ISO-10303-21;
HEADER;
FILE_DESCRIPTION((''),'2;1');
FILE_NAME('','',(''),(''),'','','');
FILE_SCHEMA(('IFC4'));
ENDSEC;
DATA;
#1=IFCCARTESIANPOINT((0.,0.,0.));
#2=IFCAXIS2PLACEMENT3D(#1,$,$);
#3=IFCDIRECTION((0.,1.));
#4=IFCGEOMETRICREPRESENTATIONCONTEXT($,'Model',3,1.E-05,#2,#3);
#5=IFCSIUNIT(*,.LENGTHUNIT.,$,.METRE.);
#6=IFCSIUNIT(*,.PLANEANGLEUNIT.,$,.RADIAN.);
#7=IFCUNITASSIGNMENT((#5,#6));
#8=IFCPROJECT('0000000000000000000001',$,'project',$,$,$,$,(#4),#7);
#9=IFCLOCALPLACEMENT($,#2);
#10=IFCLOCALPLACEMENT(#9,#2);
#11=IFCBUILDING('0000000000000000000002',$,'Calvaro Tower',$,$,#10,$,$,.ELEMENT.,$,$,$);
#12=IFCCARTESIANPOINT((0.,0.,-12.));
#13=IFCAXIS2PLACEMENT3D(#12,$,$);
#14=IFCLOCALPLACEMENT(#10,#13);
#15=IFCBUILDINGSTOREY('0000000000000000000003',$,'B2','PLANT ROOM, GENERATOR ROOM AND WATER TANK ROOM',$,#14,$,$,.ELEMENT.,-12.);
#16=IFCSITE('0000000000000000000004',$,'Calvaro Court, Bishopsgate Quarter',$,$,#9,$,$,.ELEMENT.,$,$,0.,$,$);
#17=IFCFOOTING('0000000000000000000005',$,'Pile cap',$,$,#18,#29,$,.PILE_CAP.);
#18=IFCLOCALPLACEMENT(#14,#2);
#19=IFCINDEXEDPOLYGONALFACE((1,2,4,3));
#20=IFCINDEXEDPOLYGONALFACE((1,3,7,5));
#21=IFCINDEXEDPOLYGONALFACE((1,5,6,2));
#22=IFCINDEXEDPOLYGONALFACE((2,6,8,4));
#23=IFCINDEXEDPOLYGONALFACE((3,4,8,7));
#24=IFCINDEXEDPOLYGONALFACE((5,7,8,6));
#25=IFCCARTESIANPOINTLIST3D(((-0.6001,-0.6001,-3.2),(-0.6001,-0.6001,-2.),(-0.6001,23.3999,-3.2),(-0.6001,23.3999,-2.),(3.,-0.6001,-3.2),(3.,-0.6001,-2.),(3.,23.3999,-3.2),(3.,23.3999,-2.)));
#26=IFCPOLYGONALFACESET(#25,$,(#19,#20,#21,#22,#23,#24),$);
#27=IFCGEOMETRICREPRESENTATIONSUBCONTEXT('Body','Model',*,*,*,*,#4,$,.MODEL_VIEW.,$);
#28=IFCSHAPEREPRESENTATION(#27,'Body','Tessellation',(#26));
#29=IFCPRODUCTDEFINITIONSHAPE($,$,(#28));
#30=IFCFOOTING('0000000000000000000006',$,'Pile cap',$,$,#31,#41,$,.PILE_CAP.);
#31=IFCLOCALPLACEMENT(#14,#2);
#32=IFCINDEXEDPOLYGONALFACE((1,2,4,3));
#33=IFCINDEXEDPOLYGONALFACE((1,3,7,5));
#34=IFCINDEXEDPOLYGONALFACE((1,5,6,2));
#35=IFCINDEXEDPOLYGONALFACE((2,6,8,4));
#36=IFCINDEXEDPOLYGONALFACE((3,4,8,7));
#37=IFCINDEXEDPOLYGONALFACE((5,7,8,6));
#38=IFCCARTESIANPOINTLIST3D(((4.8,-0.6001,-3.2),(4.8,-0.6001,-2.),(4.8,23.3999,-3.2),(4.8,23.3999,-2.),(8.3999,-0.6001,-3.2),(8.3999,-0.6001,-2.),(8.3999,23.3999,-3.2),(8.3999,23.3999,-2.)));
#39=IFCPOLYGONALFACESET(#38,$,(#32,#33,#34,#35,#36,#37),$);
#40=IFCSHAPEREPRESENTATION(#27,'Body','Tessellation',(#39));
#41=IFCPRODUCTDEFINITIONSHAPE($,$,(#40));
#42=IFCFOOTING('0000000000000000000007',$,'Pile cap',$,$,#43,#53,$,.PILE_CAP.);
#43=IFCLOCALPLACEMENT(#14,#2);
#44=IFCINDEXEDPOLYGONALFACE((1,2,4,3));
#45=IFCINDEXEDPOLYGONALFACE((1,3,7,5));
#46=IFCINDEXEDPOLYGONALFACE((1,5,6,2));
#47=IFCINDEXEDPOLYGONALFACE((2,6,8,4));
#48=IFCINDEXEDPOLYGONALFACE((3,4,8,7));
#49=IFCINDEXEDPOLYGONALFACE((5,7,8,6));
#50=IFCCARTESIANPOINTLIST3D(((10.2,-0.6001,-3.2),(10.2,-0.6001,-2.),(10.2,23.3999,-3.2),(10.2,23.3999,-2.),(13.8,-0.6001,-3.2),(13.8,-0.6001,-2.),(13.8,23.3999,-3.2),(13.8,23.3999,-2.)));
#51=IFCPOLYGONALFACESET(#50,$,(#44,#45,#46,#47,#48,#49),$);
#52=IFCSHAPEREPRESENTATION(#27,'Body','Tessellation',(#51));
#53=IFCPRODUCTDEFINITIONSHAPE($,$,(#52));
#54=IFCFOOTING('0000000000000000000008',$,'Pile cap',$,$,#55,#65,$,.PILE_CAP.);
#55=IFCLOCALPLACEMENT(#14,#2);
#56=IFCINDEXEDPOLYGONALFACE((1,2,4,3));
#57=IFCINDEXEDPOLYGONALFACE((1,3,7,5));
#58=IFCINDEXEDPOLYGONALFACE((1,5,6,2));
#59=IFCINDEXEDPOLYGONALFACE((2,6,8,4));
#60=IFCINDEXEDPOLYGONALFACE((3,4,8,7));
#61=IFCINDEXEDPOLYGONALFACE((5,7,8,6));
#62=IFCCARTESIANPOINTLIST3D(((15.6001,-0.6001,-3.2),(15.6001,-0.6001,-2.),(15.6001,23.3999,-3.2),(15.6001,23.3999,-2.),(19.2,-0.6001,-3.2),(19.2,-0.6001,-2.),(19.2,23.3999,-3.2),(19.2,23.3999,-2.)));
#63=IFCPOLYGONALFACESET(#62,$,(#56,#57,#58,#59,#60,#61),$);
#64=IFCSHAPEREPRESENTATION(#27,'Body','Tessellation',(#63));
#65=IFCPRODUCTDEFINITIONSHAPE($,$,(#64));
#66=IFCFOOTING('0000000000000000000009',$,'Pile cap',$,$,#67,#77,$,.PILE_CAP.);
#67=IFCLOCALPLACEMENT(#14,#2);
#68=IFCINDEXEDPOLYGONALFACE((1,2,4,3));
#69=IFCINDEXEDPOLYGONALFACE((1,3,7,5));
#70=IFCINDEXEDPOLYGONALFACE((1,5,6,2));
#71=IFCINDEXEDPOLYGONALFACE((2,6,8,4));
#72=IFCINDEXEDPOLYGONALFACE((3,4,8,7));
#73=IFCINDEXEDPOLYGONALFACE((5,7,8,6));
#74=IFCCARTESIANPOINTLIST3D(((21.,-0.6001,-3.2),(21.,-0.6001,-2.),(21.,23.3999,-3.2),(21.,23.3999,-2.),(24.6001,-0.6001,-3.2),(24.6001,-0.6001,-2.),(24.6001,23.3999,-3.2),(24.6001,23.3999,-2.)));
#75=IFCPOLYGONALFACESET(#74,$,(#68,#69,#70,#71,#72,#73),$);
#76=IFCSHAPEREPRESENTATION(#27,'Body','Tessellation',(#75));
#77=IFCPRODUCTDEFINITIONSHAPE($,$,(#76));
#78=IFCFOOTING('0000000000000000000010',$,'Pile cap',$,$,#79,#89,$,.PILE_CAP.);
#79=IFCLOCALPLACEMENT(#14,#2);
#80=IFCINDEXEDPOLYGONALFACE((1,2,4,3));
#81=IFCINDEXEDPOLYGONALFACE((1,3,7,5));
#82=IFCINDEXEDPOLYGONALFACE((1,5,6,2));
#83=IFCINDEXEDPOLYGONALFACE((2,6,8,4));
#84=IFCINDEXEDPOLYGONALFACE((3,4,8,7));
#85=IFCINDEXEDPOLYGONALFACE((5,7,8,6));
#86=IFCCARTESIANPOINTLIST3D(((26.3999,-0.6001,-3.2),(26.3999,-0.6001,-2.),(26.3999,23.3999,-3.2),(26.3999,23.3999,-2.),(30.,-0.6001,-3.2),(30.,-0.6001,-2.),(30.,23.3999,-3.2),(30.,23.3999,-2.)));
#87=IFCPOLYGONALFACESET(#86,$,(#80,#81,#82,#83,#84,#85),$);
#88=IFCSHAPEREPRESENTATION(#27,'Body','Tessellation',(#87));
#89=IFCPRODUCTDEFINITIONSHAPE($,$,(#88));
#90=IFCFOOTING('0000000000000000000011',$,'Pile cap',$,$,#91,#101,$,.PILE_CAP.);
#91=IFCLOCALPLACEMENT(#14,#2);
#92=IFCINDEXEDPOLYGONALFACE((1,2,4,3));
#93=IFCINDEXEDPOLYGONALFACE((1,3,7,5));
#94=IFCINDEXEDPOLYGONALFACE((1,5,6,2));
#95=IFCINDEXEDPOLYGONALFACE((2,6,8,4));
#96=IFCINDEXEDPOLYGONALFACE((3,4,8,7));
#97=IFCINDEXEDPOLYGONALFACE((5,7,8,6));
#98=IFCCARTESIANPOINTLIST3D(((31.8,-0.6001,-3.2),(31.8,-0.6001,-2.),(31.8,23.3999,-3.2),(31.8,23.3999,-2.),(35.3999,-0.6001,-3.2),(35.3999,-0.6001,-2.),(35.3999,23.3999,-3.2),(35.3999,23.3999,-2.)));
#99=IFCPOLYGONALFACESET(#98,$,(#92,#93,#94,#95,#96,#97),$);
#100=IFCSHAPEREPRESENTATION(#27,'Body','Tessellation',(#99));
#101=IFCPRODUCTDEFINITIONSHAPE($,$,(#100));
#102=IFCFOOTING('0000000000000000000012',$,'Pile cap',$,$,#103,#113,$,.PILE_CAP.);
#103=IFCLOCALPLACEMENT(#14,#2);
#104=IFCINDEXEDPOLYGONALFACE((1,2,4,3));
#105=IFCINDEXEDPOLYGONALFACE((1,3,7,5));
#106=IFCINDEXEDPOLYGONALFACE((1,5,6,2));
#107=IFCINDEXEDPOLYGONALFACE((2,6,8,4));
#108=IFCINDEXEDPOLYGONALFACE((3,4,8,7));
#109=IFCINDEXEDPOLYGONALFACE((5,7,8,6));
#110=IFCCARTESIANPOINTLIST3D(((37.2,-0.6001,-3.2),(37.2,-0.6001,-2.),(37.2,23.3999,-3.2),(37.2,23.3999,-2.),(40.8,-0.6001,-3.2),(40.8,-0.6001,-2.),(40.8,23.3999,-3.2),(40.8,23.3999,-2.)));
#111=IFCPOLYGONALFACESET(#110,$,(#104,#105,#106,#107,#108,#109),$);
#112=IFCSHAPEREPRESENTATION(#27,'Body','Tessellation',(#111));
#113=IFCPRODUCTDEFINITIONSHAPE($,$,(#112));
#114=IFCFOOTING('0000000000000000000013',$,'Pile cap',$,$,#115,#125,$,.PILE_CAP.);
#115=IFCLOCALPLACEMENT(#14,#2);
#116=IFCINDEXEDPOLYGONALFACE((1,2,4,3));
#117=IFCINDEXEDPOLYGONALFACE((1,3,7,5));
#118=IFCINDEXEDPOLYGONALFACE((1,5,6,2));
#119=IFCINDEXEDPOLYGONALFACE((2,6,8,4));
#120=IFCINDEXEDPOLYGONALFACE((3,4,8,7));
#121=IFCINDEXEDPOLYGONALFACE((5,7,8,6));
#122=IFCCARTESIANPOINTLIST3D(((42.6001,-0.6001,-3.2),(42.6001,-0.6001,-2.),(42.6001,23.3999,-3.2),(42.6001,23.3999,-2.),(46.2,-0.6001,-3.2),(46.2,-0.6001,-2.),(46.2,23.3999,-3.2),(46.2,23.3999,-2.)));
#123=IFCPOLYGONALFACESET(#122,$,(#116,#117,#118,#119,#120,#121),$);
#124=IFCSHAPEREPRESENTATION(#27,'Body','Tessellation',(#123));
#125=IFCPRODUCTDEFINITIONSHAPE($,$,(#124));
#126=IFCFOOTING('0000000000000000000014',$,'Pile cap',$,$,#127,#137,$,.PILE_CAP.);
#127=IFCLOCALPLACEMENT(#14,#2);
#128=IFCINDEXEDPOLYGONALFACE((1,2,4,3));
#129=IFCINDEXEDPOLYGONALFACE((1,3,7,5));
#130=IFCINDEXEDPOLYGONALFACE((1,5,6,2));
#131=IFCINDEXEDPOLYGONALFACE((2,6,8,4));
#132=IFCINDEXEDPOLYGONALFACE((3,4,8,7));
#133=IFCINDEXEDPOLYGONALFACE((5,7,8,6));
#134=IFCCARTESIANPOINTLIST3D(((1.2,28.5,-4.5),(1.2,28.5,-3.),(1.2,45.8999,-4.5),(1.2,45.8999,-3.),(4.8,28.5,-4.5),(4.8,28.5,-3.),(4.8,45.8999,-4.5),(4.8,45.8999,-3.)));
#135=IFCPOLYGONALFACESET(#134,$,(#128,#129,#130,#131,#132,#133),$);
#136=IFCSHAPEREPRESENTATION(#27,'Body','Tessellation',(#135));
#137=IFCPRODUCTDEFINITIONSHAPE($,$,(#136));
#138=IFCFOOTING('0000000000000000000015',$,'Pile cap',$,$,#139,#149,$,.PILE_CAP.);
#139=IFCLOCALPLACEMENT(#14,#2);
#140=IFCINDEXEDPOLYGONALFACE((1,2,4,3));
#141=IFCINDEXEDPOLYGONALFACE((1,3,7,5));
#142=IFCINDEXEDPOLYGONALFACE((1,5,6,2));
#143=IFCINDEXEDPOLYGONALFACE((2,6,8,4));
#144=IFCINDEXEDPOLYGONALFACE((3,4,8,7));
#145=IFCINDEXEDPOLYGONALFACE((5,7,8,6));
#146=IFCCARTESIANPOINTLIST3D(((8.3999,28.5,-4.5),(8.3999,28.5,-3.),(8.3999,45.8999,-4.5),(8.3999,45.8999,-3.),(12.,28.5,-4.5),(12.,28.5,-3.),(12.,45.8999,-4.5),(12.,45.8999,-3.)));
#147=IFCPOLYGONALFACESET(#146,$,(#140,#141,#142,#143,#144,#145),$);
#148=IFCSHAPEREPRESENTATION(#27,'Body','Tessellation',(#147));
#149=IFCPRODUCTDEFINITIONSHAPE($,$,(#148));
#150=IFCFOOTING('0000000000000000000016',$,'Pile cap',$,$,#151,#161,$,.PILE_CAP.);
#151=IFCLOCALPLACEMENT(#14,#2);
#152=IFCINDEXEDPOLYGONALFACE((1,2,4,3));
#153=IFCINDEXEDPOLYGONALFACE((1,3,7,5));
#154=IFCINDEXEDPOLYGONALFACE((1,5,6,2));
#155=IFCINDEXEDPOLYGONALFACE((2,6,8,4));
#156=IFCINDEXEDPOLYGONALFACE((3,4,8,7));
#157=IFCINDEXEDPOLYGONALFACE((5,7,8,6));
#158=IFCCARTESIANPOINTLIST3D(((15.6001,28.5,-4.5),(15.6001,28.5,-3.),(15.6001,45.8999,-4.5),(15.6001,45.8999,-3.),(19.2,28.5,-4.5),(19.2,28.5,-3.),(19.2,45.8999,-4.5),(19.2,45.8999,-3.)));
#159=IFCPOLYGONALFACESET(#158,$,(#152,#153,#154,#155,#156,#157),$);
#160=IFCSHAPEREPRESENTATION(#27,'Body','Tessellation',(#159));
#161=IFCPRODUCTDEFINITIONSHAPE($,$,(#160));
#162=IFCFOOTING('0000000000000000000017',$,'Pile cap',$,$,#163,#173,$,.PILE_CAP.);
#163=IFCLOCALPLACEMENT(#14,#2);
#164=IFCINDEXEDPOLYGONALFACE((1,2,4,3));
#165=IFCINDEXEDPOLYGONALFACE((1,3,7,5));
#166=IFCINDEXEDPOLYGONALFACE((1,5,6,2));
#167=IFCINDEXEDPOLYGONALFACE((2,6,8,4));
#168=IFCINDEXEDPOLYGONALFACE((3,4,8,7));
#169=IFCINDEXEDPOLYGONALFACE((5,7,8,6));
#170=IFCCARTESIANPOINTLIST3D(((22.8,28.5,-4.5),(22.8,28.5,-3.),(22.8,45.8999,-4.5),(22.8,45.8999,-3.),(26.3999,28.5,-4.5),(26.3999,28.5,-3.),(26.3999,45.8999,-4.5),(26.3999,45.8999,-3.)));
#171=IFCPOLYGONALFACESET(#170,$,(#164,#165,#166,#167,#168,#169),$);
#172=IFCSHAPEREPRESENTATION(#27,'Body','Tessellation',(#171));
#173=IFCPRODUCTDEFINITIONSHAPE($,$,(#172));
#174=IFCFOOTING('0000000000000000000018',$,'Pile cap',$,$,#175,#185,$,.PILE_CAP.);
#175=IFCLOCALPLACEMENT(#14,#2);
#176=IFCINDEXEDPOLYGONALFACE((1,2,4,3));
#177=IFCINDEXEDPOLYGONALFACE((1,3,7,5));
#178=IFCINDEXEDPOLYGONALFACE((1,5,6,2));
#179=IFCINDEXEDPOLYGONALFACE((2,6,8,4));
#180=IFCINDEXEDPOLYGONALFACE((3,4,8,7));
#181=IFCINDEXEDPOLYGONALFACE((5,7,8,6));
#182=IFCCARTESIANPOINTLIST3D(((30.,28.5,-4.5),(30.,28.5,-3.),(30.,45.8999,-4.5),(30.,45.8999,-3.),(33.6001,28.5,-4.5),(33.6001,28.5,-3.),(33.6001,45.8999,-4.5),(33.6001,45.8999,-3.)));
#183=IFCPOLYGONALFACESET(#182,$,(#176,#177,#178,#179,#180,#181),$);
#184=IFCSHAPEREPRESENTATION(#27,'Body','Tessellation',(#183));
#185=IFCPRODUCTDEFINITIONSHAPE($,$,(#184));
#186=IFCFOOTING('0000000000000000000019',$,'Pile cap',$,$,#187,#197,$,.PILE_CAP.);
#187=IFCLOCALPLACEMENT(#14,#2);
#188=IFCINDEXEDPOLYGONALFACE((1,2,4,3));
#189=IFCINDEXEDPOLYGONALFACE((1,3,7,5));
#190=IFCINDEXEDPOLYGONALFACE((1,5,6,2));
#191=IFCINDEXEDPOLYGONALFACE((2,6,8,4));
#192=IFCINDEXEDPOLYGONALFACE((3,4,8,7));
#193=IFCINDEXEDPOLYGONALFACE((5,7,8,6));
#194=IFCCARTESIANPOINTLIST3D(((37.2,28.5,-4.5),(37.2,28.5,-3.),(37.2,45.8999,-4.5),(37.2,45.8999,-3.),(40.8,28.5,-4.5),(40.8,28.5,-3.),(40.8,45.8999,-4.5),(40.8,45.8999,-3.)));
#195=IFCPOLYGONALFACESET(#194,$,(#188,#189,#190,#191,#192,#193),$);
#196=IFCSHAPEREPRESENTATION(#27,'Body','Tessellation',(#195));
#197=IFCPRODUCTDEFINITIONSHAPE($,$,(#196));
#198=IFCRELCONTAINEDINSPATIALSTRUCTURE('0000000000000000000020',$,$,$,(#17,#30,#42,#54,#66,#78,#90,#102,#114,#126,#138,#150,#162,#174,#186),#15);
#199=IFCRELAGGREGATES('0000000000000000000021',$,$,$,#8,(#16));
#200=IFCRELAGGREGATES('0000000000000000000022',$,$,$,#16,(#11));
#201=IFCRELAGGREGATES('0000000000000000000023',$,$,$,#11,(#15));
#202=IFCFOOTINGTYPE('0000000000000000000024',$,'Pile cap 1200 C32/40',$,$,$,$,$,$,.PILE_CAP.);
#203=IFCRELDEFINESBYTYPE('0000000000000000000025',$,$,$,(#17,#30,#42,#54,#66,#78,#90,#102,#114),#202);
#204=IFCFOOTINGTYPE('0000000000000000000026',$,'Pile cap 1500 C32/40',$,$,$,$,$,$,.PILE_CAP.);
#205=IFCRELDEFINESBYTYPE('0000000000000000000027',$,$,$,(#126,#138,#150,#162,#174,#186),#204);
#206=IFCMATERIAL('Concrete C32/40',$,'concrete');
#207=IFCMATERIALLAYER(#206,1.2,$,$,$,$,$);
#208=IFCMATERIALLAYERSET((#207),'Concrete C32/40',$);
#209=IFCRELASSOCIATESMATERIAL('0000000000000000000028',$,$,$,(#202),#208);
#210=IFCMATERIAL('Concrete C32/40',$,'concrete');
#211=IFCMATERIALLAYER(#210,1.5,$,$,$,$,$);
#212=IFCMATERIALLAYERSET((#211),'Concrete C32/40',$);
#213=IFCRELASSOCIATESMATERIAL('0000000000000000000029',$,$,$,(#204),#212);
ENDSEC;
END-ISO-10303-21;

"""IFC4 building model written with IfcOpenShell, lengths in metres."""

from ifc_helpers import new_model, si_unit, direction, frame, origin, place, context, subcontext, project, spatial, polyline, outline, extrude, material, layer, layer_set, type_object, element, save


model = new_model("IFC4")

# Units and contexts
model_context = context("Model", 3, precision=1e-05, world=origin(), true_north=direction((0.0, 1.0)))
body_context = subcontext(model_context, "Body", "Model", "MODEL_VIEW")
ifc_project = project(units=[si_unit("LENGTHUNIT", "METRE"), si_unit("PLANEANGLEUNIT", "RADIAN")], contexts=[model_context])

# Site, building, storey
site_placement = place(None, origin())
site = spatial("IfcSite", under=ifc_project, at=site_placement, Name="Calvaro Court, Bishopsgate Quarter", CompositionType="ELEMENT", RefElevation=0.0)
building_placement = place(site_placement, origin())
building = spatial("IfcBuilding", under=site, at=building_placement, Name="Calvaro Tower", CompositionType="ELEMENT")
storey_placement = place(building_placement, frame((0.0, 0.0, -12.0)))
storey = spatial("IfcBuildingStorey", under=building, at=storey_placement, Name="B2", Description="PLANT ROOM, GENERATOR ROOM AND WATER TANK ROOM", CompositionType="ELEMENT", Elevation=-12.0)

# Footings
ifc_material_1 = material(Name="Concrete C32/40", Category="concrete")
ifc_layer_1 = layer(ifc_material_1, 1.2)
ifc_layer_set_1 = layer_set([ifc_layer_1], Name="Concrete C32/40")
footing_type_1 = type_object("IfcFootingType", Name="Pile cap 1200 C32/40", PredefinedType="PILE_CAP", material=ifc_layer_set_1)
footing_1_placement = place(storey_placement, frame((0.0, 0.0, -3.2)))
element("IfcFooting", 1, at=footing_1_placement, inside=storey, type_object=footing_type_1, Name="Pile cap", PredefinedType="PILE_CAP", context=body_context, shape_type="SweptSolid", body=[
    extrude(outline(polyline([(-0.6001, -0.6001), (3.0, -0.6001), (3.0, 23.3999), (-0.6001, 23.3999), (-0.6001, -0.6001)])), origin(), (0.0, 0.0, 1.0), 1.2),
])
footing_2_placement = place(storey_placement, frame((0.0, 0.0, -3.2)))
element("IfcFooting", 2, at=footing_2_placement, inside=storey, type_object=footing_type_1, Name="Pile cap", PredefinedType="PILE_CAP", context=body_context, shape_type="SweptSolid", body=[
    extrude(outline(polyline([(4.8, -0.6001), (8.3999, -0.6001), (8.3999, 23.3999), (4.8, 23.3999), (4.8, -0.6001)])), origin(), (0.0, 0.0, 1.0), 1.2),
])
footing_3_placement = place(storey_placement, frame((0.0, 0.0, -3.2)))
element("IfcFooting", 3, at=footing_3_placement, inside=storey, type_object=footing_type_1, Name="Pile cap", PredefinedType="PILE_CAP", context=body_context, shape_type="SweptSolid", body=[
    extrude(outline(polyline([(10.2, -0.6001), (13.8, -0.6001), (13.8, 23.3999), (10.2, 23.3999), (10.2, -0.6001)])), origin(), (0.0, 0.0, 1.0), 1.2),
])
footing_4_placement = place(storey_placement, frame((0.0, 0.0, -3.2)))
element("IfcFooting", 4, at=footing_4_placement, inside=storey, type_object=footing_type_1, Name="Pile cap", PredefinedType="PILE_CAP", context=body_context, shape_type="SweptSolid", body=[
    extrude(outline(polyline([(15.6001, -0.6001), (19.2, -0.6001), (19.2, 23.3999), (15.6001, 23.3999), (15.6001, -0.6001)])), origin(), (0.0, 0.0, 1.0), 1.2),
])
footing_5_placement = place(storey_placement, frame((0.0, 0.0, -3.2)))
element("IfcFooting", 5, at=footing_5_placement, inside=storey, type_object=footing_type_1, Name="Pile cap", PredefinedType="PILE_CAP", context=body_context, shape_type="SweptSolid", body=[
    extrude(outline(polyline([(21.0, -0.6001), (24.6001, -0.6001), (24.6001, 23.3999), (21.0, 23.3999), (21.0, -0.6001)])), origin(), (0.0, 0.0, 1.0), 1.2),
])
footing_6_placement = place(storey_placement, frame((0.0, 0.0, -3.2)))
element("IfcFooting", 6, at=footing_6_placement, inside=storey, type_object=footing_type_1, Name="Pile cap", PredefinedType="PILE_CAP", context=body_context, shape_type="SweptSolid", body=[
    extrude(outline(polyline([(26.3999, -0.6001), (30.0, -0.6001), (30.0, 23.3999), (26.3999, 23.3999), (26.3999, -0.6001)])), origin(), (0.0, 0.0, 1.0), 1.2),
])
footing_7_placement = place(storey_placement, frame((0.0, 0.0, -3.2)))
element("IfcFooting", 7, at=footing_7_placement, inside=storey, type_object=footing_type_1, Name="Pile cap", PredefinedType="PILE_CAP", context=body_context, shape_type="SweptSolid", body=[
    extrude(outline(polyline([(31.8, -0.6001), (35.3999, -0.6001), (35.3999, 23.3999), (31.8, 23.3999), (31.8, -0.6001)])), origin(), (0.0, 0.0, 1.0), 1.2),
])
footing_8_placement = place(storey_placement, frame((0.0, 0.0, -3.2)))
element("IfcFooting", 8, at=footing_8_placement, inside=storey, type_object=footing_type_1, Name="Pile cap", PredefinedType="PILE_CAP", context=body_context, shape_type="SweptSolid", body=[
    extrude(outline(polyline([(37.2, -0.6001), (40.8, -0.6001), (40.8, 23.3999), (37.2, 23.3999), (37.2, -0.6001)])), origin(), (0.0, 0.0, 1.0), 1.2),
])
footing_9_placement = place(storey_placement, frame((0.0, 0.0, -3.2)))
element("IfcFooting", 9, at=footing_9_placement, inside=storey, type_object=footing_type_1, Name="Pile cap", PredefinedType="PILE_CAP", context=body_context, shape_type="SweptSolid", body=[
    extrude(outline(polyline([(42.6001, -0.6001), (46.2, -0.6001), (46.2, 23.3999), (42.6001, 23.3999), (42.6001, -0.6001)])), origin(), (0.0, 0.0, 1.0), 1.2),
])
ifc_material_2 = material(Name="Concrete C32/40", Category="concrete")
ifc_layer_2 = layer(ifc_material_2, 1.5)
ifc_layer_set_2 = layer_set([ifc_layer_2], Name="Concrete C32/40")
footing_type_2 = type_object("IfcFootingType", Name="Pile cap 1500 C32/40", PredefinedType="PILE_CAP", material=ifc_layer_set_2)
footing_10_placement = place(storey_placement, frame((0.0, 0.0, -4.5)))
element("IfcFooting", 10, at=footing_10_placement, inside=storey, type_object=footing_type_2, Name="Pile cap", PredefinedType="PILE_CAP", context=body_context, shape_type="SweptSolid", body=[
    extrude(outline(polyline([(1.2, 28.5), (4.8, 28.5), (4.8, 45.8999), (1.2, 45.8999), (1.2, 28.5)])), origin(), (0.0, 0.0, 1.0), 1.5),
])
footing_11_placement = place(storey_placement, frame((0.0, 0.0, -4.5)))
element("IfcFooting", 11, at=footing_11_placement, inside=storey, type_object=footing_type_2, Name="Pile cap", PredefinedType="PILE_CAP", context=body_context, shape_type="SweptSolid", body=[
    extrude(outline(polyline([(8.3999, 28.5), (12.0, 28.5), (12.0, 45.8999), (8.3999, 45.8999), (8.3999, 28.5)])), origin(), (0.0, 0.0, 1.0), 1.5),
])
footing_12_placement = place(storey_placement, frame((0.0, 0.0, -4.5)))
element("IfcFooting", 12, at=footing_12_placement, inside=storey, type_object=footing_type_2, Name="Pile cap", PredefinedType="PILE_CAP", context=body_context, shape_type="SweptSolid", body=[
    extrude(outline(polyline([(15.6001, 28.5), (19.2, 28.5), (19.2, 45.8999), (15.6001, 45.8999), (15.6001, 28.5)])), origin(), (0.0, 0.0, 1.0), 1.5),
])
footing_13_placement = place(storey_placement, frame((0.0, 0.0, -4.5)))
element("IfcFooting", 13, at=footing_13_placement, inside=storey, type_object=footing_type_2, Name="Pile cap", PredefinedType="PILE_CAP", context=body_context, shape_type="SweptSolid", body=[
    extrude(outline(polyline([(22.8, 28.5), (26.3999, 28.5), (26.3999, 45.8999), (22.8, 45.8999), (22.8, 28.5)])), origin(), (0.0, 0.0, 1.0), 1.5),
])
footing_14_placement = place(storey_placement, frame((0.0, 0.0, -4.5)))
element("IfcFooting", 14, at=footing_14_placement, inside=storey, type_object=footing_type_2, Name="Pile cap", PredefinedType="PILE_CAP", context=body_context, shape_type="SweptSolid", body=[
    extrude(outline(polyline([(30.0, 28.5), (33.6001, 28.5), (33.6001, 45.8999), (30.0, 45.8999), (30.0, 28.5)])), origin(), (0.0, 0.0, 1.0), 1.5),
])
footing_15_placement = place(storey_placement, frame((0.0, 0.0, -4.5)))
element("IfcFooting", 15, at=footing_15_placement, inside=storey, type_object=footing_type_2, Name="Pile cap", PredefinedType="PILE_CAP", context=body_context, shape_type="SweptSolid", body=[
    extrude(outline(polyline([(37.2, 28.5), (40.8, 28.5), (40.8, 45.8999), (37.2, 45.8999), (37.2, 28.5)])), origin(), (0.0, 0.0, 1.0), 1.5),
])

save(model, "model.ifc")
